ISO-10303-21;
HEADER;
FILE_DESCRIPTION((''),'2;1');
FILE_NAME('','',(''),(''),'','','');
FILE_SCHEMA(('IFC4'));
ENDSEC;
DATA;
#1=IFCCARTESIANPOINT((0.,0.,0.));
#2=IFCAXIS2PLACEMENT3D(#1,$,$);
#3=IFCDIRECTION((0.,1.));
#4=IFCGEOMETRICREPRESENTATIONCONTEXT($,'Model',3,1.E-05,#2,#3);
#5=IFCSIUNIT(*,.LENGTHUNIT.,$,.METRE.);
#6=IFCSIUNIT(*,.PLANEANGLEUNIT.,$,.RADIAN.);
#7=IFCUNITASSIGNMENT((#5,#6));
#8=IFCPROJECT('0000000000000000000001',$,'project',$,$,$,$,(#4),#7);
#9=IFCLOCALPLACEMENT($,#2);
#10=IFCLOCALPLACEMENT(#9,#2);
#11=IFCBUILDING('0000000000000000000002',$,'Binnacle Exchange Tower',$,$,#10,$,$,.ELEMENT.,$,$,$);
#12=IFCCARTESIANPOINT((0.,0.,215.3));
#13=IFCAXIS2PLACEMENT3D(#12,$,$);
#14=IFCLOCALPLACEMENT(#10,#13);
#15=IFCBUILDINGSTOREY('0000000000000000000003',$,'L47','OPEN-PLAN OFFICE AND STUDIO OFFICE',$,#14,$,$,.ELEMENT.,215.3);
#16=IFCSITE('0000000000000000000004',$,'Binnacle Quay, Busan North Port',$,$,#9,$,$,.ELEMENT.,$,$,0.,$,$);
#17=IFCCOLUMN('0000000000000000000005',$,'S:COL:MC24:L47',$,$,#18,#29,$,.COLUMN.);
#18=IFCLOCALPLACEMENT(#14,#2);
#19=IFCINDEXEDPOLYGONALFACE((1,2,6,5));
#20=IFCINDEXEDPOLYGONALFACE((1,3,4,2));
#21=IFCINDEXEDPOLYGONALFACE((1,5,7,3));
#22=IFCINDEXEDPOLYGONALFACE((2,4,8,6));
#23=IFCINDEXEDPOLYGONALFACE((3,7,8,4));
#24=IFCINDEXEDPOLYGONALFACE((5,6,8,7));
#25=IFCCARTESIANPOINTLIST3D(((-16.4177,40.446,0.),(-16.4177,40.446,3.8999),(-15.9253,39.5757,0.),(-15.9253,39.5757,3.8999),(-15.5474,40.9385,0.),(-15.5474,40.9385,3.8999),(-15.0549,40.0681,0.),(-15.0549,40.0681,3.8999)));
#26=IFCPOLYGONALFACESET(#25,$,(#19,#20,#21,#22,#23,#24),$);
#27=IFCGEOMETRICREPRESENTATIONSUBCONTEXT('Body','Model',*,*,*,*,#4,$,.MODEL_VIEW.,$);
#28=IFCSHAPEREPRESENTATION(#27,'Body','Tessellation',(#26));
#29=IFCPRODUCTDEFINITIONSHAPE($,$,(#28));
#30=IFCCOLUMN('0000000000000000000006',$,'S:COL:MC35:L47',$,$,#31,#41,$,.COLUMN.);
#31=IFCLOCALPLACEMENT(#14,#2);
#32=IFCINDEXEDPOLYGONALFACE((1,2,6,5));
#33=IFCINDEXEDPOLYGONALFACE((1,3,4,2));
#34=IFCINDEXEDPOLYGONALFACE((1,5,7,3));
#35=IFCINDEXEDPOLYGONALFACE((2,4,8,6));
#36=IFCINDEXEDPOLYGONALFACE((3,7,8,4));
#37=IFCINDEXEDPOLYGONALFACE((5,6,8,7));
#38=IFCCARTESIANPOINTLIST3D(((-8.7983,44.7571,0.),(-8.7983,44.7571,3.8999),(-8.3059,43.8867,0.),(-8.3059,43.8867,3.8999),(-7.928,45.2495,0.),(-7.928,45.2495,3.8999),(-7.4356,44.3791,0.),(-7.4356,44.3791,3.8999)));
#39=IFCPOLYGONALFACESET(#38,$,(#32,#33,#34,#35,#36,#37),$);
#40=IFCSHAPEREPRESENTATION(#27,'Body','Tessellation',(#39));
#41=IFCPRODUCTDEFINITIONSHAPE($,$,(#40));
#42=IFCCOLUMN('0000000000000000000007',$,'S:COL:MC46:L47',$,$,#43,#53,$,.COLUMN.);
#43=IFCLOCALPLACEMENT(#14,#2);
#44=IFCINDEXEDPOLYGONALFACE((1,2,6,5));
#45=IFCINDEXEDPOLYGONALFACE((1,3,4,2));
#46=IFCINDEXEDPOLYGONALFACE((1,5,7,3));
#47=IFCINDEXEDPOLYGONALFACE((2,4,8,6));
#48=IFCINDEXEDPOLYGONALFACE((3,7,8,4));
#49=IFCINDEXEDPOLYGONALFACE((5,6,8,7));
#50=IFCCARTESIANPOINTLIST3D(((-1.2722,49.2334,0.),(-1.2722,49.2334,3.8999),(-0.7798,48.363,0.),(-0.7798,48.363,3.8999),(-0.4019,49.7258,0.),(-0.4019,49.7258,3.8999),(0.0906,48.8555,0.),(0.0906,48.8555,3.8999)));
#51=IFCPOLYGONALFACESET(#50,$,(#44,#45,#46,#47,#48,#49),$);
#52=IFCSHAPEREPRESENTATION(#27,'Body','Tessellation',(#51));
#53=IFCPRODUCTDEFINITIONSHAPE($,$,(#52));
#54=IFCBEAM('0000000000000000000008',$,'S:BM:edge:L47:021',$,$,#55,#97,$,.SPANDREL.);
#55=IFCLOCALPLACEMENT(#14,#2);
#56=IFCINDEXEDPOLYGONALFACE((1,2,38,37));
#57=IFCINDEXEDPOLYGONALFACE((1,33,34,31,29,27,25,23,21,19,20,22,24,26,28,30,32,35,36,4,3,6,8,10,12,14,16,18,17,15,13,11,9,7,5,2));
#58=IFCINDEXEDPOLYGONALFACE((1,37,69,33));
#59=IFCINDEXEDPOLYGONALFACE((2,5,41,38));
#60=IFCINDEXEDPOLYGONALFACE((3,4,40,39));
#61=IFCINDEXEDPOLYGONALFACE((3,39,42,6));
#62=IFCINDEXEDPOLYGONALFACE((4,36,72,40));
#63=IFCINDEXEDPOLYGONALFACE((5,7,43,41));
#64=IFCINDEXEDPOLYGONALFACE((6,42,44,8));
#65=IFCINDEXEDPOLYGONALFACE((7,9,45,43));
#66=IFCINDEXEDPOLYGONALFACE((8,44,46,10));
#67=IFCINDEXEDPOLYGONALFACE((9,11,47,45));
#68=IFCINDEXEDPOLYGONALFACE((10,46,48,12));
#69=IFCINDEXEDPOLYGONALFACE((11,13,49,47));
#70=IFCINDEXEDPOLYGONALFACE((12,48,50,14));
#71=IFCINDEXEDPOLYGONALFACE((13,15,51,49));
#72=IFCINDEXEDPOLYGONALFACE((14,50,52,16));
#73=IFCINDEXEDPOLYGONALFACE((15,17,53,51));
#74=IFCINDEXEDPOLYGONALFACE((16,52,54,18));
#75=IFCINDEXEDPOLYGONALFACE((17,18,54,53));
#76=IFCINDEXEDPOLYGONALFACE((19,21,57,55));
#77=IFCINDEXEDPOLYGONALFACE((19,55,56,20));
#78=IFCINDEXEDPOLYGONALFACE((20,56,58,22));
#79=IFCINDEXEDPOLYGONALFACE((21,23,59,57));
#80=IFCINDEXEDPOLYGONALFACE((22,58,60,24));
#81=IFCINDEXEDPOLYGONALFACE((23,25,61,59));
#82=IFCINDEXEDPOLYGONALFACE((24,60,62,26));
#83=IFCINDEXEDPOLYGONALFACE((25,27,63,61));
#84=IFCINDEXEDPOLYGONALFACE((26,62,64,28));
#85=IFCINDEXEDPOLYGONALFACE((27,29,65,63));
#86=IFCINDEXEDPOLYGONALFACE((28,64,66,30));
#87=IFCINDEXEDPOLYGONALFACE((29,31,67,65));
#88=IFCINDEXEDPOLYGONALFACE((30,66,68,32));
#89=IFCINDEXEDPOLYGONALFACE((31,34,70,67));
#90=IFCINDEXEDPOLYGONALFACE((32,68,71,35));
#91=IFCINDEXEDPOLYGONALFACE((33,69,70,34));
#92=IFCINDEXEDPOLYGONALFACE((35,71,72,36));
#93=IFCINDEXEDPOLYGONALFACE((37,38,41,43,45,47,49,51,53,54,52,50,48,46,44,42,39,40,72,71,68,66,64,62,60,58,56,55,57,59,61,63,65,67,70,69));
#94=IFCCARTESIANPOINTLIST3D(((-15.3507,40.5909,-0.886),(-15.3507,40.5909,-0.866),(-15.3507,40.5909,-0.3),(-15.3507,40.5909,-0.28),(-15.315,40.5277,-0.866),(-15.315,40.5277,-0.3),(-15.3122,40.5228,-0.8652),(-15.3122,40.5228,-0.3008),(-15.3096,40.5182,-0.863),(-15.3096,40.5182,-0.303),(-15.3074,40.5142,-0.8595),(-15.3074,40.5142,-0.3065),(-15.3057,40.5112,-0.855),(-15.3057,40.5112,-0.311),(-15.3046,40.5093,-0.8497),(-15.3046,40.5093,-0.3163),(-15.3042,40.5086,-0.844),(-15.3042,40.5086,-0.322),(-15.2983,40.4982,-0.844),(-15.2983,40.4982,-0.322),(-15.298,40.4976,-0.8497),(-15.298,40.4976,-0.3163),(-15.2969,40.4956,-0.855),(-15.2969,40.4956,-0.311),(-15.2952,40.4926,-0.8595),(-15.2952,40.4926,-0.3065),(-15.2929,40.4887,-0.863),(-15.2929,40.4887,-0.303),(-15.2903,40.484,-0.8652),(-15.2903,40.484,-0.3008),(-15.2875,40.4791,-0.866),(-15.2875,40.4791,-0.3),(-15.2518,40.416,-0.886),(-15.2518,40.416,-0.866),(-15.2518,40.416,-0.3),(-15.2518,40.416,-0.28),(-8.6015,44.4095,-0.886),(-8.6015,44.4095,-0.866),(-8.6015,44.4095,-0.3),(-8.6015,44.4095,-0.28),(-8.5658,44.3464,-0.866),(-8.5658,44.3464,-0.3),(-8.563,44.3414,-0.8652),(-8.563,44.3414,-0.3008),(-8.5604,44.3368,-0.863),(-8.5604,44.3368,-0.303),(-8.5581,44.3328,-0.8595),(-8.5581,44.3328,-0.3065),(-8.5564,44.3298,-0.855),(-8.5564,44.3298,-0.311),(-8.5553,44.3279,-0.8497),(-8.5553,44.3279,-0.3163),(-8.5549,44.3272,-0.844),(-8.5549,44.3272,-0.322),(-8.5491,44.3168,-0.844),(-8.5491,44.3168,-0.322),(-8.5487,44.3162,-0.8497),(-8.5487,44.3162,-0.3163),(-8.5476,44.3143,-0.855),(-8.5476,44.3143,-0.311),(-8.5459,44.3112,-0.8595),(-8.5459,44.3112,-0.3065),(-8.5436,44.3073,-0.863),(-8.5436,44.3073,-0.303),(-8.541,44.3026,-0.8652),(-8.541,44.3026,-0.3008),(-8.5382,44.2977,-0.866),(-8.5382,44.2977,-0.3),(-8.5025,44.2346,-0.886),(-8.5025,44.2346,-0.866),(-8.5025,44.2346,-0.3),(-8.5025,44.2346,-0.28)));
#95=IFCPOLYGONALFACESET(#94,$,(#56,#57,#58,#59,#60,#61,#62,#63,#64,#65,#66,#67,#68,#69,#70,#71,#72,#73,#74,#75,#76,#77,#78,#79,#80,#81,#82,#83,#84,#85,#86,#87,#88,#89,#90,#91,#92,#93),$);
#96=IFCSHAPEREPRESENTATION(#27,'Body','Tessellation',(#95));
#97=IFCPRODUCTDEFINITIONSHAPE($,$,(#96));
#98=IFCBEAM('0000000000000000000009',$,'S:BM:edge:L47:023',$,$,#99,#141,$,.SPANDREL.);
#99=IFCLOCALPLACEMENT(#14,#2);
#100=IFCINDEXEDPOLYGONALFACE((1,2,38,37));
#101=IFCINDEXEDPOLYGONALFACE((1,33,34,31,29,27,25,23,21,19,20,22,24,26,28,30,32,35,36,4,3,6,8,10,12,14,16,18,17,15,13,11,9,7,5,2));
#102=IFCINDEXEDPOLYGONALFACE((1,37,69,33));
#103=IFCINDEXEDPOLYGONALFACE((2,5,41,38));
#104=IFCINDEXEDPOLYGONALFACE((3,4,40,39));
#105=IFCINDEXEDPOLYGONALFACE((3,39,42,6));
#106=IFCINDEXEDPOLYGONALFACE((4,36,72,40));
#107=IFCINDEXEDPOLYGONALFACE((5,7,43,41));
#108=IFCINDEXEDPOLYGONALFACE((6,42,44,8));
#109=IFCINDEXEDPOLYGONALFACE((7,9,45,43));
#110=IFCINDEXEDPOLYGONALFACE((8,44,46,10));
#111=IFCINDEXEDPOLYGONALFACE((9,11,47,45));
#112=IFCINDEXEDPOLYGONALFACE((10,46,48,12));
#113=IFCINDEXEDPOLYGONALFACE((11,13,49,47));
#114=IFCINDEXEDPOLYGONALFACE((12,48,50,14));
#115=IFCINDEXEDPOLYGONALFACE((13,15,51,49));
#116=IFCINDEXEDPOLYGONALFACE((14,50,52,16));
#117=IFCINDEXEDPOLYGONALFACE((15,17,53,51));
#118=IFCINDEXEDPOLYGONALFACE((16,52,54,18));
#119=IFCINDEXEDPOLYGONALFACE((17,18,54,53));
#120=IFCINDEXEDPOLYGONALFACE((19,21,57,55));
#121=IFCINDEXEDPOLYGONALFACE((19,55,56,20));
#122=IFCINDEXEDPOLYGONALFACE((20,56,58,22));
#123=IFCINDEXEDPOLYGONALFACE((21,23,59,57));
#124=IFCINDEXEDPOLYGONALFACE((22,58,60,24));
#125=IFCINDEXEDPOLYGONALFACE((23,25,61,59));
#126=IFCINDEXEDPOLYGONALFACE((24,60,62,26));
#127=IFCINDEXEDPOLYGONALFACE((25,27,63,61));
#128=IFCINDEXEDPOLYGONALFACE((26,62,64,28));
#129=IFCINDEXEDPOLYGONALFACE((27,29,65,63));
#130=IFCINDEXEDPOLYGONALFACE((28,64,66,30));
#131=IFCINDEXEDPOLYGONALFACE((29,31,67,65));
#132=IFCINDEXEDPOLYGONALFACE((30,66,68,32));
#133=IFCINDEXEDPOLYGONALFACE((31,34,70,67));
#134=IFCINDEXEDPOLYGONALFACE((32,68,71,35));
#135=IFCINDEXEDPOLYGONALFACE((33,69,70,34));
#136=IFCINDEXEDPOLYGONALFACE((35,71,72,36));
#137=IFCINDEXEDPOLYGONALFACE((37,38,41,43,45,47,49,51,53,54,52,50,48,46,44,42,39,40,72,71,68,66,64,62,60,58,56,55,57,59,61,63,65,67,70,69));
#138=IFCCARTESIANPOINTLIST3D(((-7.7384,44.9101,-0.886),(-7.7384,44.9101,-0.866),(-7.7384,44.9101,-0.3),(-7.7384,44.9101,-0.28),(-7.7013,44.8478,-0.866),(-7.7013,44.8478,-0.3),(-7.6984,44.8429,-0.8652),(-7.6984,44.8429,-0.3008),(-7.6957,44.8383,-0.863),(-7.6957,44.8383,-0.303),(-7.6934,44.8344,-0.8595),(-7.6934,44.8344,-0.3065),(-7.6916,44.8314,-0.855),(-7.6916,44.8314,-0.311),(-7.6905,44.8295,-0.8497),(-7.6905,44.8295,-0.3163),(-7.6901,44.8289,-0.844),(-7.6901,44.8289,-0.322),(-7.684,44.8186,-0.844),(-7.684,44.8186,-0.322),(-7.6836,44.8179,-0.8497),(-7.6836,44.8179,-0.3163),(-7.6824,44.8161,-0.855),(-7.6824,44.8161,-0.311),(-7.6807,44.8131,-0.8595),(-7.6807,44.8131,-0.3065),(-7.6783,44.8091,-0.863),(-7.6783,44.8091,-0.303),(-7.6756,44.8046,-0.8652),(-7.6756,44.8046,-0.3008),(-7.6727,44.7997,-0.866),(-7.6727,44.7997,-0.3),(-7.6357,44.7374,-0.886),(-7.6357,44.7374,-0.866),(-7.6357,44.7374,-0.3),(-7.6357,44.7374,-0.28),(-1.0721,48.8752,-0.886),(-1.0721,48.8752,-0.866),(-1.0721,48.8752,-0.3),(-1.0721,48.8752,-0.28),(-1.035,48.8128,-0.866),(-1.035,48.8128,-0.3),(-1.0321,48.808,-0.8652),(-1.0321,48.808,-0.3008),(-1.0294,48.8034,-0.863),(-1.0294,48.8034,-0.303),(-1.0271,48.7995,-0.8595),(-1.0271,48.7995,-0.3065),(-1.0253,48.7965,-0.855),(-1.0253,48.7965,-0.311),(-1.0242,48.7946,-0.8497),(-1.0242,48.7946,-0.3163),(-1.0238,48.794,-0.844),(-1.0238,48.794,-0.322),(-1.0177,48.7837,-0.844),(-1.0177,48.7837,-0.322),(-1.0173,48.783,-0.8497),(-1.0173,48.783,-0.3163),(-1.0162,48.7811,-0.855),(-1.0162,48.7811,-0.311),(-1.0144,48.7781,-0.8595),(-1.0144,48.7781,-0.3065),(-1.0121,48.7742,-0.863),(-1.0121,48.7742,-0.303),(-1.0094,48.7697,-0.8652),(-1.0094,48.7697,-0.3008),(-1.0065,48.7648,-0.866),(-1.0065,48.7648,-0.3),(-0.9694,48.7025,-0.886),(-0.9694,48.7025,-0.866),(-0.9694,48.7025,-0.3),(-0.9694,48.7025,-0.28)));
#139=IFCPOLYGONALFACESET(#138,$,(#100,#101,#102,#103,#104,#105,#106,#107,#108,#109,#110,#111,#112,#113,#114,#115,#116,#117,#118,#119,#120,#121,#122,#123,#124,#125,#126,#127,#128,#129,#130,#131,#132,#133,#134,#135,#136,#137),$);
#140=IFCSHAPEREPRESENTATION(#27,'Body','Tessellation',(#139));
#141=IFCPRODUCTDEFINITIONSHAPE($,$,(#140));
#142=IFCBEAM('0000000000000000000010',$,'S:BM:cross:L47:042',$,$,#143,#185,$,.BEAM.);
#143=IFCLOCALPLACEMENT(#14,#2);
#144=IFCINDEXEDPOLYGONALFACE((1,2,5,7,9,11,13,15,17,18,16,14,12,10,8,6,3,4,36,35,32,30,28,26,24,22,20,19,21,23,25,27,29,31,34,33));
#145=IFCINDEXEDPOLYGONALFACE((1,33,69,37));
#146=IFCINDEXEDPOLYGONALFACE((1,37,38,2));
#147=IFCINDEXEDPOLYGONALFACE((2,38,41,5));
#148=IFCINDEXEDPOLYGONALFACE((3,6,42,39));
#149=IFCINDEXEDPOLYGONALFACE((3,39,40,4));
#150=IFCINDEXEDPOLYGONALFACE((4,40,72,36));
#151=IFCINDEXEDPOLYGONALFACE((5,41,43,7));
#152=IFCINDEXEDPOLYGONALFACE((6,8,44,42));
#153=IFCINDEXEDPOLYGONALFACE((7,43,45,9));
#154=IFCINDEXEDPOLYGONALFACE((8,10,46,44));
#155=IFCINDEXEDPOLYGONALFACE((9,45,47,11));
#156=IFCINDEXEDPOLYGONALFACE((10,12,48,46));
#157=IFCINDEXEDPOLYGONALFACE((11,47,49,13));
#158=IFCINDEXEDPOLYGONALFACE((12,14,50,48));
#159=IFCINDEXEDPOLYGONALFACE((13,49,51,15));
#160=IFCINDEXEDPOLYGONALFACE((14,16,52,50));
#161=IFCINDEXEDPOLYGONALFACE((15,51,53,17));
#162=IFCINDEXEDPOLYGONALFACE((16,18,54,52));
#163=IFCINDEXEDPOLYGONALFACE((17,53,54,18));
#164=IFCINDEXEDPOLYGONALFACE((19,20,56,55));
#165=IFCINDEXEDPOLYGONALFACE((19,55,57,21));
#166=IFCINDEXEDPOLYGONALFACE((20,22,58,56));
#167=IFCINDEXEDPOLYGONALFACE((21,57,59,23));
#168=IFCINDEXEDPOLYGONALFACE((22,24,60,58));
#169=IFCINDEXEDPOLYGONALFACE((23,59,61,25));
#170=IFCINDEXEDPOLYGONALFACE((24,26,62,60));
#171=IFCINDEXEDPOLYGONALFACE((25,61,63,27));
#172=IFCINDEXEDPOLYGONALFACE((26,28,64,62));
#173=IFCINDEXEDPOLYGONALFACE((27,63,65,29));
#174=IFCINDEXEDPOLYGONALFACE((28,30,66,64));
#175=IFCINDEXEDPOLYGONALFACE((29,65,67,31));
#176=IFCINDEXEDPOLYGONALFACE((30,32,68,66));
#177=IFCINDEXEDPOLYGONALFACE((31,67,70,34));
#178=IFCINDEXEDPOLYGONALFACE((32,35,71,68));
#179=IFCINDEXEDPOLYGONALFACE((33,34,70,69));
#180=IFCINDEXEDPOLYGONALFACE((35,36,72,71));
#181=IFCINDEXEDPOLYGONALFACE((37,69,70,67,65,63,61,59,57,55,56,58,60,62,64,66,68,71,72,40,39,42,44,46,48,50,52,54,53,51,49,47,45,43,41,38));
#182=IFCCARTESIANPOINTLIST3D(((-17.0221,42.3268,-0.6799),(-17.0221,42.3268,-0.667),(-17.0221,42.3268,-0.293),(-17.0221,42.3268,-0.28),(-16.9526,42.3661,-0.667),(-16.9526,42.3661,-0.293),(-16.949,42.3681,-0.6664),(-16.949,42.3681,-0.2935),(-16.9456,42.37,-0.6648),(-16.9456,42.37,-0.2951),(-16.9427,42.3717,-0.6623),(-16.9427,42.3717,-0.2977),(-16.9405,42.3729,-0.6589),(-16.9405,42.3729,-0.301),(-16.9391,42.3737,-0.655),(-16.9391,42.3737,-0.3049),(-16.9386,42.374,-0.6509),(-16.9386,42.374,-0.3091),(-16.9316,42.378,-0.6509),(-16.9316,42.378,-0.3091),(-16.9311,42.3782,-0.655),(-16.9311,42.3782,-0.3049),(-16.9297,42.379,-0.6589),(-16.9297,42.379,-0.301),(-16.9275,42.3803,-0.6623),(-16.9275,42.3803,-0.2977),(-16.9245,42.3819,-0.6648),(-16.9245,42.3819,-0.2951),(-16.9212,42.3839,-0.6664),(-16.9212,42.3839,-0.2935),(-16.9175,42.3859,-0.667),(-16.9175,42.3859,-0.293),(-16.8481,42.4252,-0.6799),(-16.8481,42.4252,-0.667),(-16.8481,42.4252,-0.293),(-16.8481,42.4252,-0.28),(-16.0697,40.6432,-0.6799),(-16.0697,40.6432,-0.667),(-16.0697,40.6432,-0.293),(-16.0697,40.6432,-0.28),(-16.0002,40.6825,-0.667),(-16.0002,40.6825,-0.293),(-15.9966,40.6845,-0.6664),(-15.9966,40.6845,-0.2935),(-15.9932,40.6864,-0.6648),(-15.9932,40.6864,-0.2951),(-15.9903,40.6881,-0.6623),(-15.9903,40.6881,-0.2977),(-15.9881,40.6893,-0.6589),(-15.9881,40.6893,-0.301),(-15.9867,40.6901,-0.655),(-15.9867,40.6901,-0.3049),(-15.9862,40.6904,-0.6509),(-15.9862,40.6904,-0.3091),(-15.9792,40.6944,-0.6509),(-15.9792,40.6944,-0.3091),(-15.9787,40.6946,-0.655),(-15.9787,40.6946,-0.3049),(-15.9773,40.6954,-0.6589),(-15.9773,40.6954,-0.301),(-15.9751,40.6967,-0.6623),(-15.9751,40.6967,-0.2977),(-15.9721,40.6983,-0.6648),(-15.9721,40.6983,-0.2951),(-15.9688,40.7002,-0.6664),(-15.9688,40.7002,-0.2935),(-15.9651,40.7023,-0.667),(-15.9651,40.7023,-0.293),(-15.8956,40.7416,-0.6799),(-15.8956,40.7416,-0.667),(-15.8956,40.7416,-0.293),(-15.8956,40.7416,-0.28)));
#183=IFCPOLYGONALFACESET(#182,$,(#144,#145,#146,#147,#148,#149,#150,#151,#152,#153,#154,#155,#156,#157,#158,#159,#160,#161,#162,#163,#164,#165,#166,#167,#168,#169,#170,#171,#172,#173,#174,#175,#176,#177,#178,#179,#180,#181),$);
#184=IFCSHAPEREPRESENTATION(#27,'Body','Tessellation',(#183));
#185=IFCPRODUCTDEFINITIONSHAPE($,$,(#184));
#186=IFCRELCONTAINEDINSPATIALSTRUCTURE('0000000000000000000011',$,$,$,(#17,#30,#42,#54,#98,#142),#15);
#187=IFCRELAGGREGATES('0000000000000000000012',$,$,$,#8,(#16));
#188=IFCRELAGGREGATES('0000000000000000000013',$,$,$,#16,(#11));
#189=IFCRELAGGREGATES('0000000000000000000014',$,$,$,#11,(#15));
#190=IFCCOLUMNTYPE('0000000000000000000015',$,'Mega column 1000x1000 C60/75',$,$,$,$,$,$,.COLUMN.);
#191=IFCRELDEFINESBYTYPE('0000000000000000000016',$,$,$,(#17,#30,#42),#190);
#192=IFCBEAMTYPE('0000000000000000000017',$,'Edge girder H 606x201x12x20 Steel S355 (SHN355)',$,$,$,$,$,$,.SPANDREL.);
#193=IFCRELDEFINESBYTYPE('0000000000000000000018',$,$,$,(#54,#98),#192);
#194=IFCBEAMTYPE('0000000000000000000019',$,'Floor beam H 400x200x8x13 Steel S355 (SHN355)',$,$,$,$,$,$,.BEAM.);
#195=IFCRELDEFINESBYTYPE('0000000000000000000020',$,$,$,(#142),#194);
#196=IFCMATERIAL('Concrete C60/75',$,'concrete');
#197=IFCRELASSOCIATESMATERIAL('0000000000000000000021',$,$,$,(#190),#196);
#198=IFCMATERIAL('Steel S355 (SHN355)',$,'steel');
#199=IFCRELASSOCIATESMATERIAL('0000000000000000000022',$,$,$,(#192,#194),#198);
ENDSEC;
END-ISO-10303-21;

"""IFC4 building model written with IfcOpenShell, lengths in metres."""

from ifc_helpers import new_model, si_unit, direction, frame, origin, origin_2d, place, context, subcontext, project, spatial, rectangle, i_section, extrude, material, material_profile, profile_set, type_object, element, save


model = new_model("IFC4")

# Units and contexts
model_context = context("Model", 3, precision=1e-05, world=origin(), true_north=direction((0.0, 1.0)))
body_context = subcontext(model_context, "Body", "Model", "MODEL_VIEW")
ifc_project = project(units=[si_unit("LENGTHUNIT", "METRE"), si_unit("PLANEANGLEUNIT", "RADIAN")], contexts=[model_context])

# Site, building, storey
site_placement = place(None, origin())
site = spatial("IfcSite", under=ifc_project, at=site_placement, Name="Binnacle Quay, Busan North Port", CompositionType="ELEMENT", RefElevation=0.0)
building_placement = place(site_placement, origin())
building = spatial("IfcBuilding", under=site, at=building_placement, Name="Binnacle Exchange Tower", CompositionType="ELEMENT")
storey_placement = place(building_placement, frame((0.0, 0.0, 215.3)))
storey = spatial("IfcBuildingStorey", under=building, at=storey_placement, Name="L47", Description="OPEN-PLAN OFFICE AND STUDIO OFFICE", CompositionType="ELEMENT", Elevation=215.3)

# Columns
ifc_material_1 = material(Name="Concrete C60/75", Category="concrete")
ifc_material_profile_1 = material_profile(ifc_material_1, rectangle(XDim=1.0, YDim=1.0, at=origin_2d()), Name="Mega column 1000x1000 C60/75")
ifc_profile_set_1 = profile_set([ifc_material_profile_1], Name="Concrete C60/75")
column_type = type_object("IfcColumnType", Name="Mega column 1000x1000 C60/75", PredefinedType="COLUMN", material=ifc_profile_set_1)
for number, where, z_axis, x_axis, name in (
    (1, (-15.7363, 40.2571, 0.0), (0.0, 0.0, 1.0), (0.870356, 0.492424, 0.0), "S:COL:MC24:L47"),
    (2, (-8.1169, 44.5681, 0.0), (0.0, 0.0, 1.0), (0.870356, 0.492424, 0.0), "S:COL:MC35:L47"),
    (3, (-0.5908, 49.0444, 0.0), (0.0, 0.0, 1.0), (0.870356, 0.492424, 0.0), "S:COL:MC46:L47"),
):
    element("IfcColumn", number, at=place(storey_placement, frame(where, z_axis=z_axis, x_axis=x_axis)), inside=storey, type_object=column_type, Name=name, PredefinedType="COLUMN", context=body_context, shape_type="SweptSolid", body=[
        extrude(rectangle(XDim=1.0, YDim=1.0, at=origin_2d()), origin(), (0.0, 0.0, 1.0), 3.8999),
    ])

# Beams
ifc_material_2 = material(Name="Steel S355 (SHN355)", Category="steel")
ifc_material_profile_2 = material_profile(ifc_material_2, i_section(OverallWidth=0.2009, OverallDepth=0.606, WebThickness=0.012, FlangeThickness=0.02, FilletRadius=0.022, at=origin_2d()), Name="H 606x201x12x20")
ifc_profile_set_2 = profile_set([ifc_material_profile_2], Name="Steel S355 (SHN355)")
beam_type_1 = type_object("IfcBeamType", Name="Edge girder H 606x201x12x20 Steel S355 (SHN355)", PredefinedType="SPANDREL", material=ifc_profile_set_2)
beam_1_placement = place(storey_placement, frame((-15.3013, 40.5034, -0.583), z_axis=(0.870353, 0.492429, 0.0), x_axis=(-0.492429, 0.870353, 0.0)))
element("IfcBeam", 4, at=beam_1_placement, inside=storey, type_object=beam_type_1, Name="S:BM:edge:L47:021", PredefinedType="SPANDREL", context=body_context, shape_type="SweptSolid", body=[
    extrude(i_section(OverallWidth=0.2009, OverallDepth=0.606, WebThickness=0.012, FlangeThickness=0.02, FilletRadius=0.022, at=origin_2d()), origin(), (0.0, 0.0, 1.0), 7.7546),
])
beam_2_placement = place(storey_placement, frame((-7.687, 44.8237, -0.583), z_axis=(0.859459, 0.511205, 0.0), x_axis=(-0.511205, 0.859459, 0.0)))
element("IfcBeam", 5, at=beam_2_placement, inside=storey, type_object=beam_type_1, Name="S:BM:edge:L47:023", PredefinedType="SPANDREL", context=body_context, shape_type="SweptSolid", body=[
    extrude(i_section(OverallWidth=0.2009, OverallDepth=0.606, WebThickness=0.012, FlangeThickness=0.02, FilletRadius=0.022, at=origin_2d()), origin(), (0.0, 0.0, 1.0), 7.7563),
])
ifc_material_profile_3 = material_profile(ifc_material_2, i_section(OverallWidth=0.2, OverallDepth=0.3999, WebThickness=0.0081, FlangeThickness=0.0129, FilletRadius=0.0161, at=origin_2d()), Name="H 400x200x8x13")
ifc_profile_set_3 = profile_set([ifc_material_profile_3], Name="Steel S355 (SHN355)")
beam_type_2 = type_object("IfcBeamType", Name="Floor beam H 400x200x8x13 Steel S355 (SHN355)", PredefinedType="BEAM", material=ifc_profile_set_3)
for number, where, z_axis, x_axis, name in (
    (6, (-15.9827, 40.6924, -0.48), (-0.492369, 0.870386, 0.0), (-0.870386, -0.492369, 0.0), "S:BM:cross:L47:042"),
):
    element("IfcBeam", number, at=place(storey_placement, frame(where, z_axis=z_axis, x_axis=x_axis)), inside=storey, type_object=beam_type_2, Name=name, PredefinedType="BEAM", context=body_context, shape_type="SweptSolid", body=[
        extrude(i_section(OverallWidth=0.2, OverallDepth=0.3999, WebThickness=0.0081, FlangeThickness=0.0129, FilletRadius=0.0161, at=origin_2d()), origin(), (0.0, 0.0, 1.0), 1.9343),
    ])

save(model, "model.ifc")
